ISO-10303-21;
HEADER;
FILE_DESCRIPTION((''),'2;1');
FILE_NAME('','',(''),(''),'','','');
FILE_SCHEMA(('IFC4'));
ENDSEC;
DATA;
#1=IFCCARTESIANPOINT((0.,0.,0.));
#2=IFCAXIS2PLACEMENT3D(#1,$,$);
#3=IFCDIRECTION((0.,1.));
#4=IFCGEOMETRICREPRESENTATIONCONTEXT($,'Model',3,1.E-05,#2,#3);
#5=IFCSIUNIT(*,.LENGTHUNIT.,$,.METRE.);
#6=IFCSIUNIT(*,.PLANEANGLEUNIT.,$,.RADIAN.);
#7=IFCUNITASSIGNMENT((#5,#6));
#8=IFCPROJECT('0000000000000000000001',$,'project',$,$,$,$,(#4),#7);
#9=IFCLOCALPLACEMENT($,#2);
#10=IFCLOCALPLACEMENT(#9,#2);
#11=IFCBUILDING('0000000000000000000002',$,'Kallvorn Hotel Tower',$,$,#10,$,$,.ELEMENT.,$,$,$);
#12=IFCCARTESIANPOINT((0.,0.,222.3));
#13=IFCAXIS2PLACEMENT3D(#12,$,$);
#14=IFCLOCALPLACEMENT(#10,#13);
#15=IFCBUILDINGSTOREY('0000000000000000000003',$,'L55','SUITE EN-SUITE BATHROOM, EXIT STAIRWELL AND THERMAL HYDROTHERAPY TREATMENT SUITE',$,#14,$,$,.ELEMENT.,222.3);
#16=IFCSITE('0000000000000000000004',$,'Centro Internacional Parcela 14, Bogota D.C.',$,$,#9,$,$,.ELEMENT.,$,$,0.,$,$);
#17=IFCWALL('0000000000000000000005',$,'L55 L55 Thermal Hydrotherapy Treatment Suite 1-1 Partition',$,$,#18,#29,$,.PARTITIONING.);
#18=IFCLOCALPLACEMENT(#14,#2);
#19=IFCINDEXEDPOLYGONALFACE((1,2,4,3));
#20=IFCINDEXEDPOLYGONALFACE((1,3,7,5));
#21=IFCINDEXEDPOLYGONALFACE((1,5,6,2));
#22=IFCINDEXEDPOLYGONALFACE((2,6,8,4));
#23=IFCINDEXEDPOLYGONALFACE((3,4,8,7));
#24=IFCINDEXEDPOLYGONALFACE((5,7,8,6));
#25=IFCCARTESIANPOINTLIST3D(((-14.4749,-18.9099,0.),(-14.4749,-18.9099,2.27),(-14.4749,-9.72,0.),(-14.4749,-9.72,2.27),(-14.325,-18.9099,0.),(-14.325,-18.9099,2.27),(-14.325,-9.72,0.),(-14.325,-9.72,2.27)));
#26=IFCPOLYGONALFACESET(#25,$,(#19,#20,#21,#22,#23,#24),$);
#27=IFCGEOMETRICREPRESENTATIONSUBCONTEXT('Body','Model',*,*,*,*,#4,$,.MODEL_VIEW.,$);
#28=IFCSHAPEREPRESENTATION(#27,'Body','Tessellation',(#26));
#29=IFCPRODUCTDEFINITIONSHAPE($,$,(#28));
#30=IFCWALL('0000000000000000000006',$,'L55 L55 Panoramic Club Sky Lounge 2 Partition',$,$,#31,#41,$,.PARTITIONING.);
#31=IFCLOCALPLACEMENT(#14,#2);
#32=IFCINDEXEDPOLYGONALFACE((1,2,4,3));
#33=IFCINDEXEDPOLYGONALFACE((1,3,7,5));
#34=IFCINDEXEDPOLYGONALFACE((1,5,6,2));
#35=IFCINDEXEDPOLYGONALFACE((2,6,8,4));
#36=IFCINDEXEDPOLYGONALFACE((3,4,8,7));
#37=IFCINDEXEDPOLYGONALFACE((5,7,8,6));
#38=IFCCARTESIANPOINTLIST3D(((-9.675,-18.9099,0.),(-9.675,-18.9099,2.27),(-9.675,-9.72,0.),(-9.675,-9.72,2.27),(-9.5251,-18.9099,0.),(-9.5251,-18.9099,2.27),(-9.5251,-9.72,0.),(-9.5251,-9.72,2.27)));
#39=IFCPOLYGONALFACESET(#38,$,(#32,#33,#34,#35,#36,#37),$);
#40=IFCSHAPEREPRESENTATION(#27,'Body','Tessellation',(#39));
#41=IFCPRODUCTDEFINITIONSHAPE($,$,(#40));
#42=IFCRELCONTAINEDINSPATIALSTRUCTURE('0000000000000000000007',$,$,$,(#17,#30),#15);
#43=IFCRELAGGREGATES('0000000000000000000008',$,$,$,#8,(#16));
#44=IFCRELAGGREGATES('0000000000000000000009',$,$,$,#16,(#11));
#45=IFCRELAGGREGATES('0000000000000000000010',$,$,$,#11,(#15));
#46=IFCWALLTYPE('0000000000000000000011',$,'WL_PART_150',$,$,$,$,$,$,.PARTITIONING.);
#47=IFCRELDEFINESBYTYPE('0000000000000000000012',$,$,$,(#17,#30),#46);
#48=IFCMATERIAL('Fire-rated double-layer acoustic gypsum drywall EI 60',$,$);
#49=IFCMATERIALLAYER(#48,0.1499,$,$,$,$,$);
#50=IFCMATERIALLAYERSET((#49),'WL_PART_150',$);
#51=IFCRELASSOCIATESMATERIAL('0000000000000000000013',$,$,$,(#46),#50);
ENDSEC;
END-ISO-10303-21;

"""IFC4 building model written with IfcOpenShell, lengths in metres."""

from ifc_helpers import new_model, si_unit, direction, frame, frame_2d, origin, place, context, subcontext, project, spatial, rectangle, extrude, material, layer, layer_set, type_object, element, save


model = new_model("IFC4")

# Units and contexts
model_context = context("Model", 3, precision=1e-05, world=origin(), true_north=direction((0.0, 1.0)))
body_context = subcontext(model_context, "Body", "Model", "MODEL_VIEW")
ifc_project = project(units=[si_unit("LENGTHUNIT", "METRE"), si_unit("PLANEANGLEUNIT", "RADIAN")], contexts=[model_context])

# Site, building, storey
site_placement = place(None, origin())
site = spatial("IfcSite", under=ifc_project, at=site_placement, Name="Centro Internacional Parcela 14, Bogota D.C.", CompositionType="ELEMENT", RefElevation=0.0)
building_placement = place(site_placement, origin())
building = spatial("IfcBuilding", under=site, at=building_placement, Name="Kallvorn Hotel Tower", CompositionType="ELEMENT")
storey_placement = place(building_placement, frame((0.0, 0.0, 222.3)))
storey = spatial("IfcBuildingStorey", under=building, at=storey_placement, Name="L55", Description="SUITE EN-SUITE BATHROOM, EXIT STAIRWELL AND THERMAL HYDROTHERAPY TREATMENT SUITE", CompositionType="ELEMENT", Elevation=222.3)

# Walls
ifc_material_1 = material(Name="Fire-rated double-layer acoustic gypsum drywall EI 60")
ifc_layer_1 = layer(ifc_material_1, 0.1499)
ifc_layer_set_1 = layer_set([ifc_layer_1], Name="WL_PART_150")
wall_type_1 = type_object("IfcWallType", Name="WL_PART_150", PredefinedType="PARTITIONING", material=ifc_layer_set_1)
for number, where, z_axis, x_axis, name in (
    (1, (-14.3999, -18.9099, 0.0), (0.0, 0.0, 1.0), (0.0, 1.0, 0.0), "L55 L55 Thermal Hydrotherapy Treatment Suite 1-1 Partition"),
    (2, (-9.6001, -18.9099, 0.0), (0.0, 0.0, 1.0), (0.0, 1.0, 0.0), "L55 L55 Panoramic Club Sky Lounge 2 Partition"),
):
    element("IfcWall", number, at=place(storey_placement, frame(where, z_axis=z_axis, x_axis=x_axis)), inside=storey, type_object=wall_type_1, Name=name, PredefinedType="PARTITIONING", context=body_context, shape_type="SweptSolid", body=[
        extrude(rectangle(XDim=9.1899, YDim=0.1499, at=frame_2d((4.595, 0.0))), origin(), (0.0, 0.0, 1.0), 2.27),
    ])

save(model, "model.ifc")
